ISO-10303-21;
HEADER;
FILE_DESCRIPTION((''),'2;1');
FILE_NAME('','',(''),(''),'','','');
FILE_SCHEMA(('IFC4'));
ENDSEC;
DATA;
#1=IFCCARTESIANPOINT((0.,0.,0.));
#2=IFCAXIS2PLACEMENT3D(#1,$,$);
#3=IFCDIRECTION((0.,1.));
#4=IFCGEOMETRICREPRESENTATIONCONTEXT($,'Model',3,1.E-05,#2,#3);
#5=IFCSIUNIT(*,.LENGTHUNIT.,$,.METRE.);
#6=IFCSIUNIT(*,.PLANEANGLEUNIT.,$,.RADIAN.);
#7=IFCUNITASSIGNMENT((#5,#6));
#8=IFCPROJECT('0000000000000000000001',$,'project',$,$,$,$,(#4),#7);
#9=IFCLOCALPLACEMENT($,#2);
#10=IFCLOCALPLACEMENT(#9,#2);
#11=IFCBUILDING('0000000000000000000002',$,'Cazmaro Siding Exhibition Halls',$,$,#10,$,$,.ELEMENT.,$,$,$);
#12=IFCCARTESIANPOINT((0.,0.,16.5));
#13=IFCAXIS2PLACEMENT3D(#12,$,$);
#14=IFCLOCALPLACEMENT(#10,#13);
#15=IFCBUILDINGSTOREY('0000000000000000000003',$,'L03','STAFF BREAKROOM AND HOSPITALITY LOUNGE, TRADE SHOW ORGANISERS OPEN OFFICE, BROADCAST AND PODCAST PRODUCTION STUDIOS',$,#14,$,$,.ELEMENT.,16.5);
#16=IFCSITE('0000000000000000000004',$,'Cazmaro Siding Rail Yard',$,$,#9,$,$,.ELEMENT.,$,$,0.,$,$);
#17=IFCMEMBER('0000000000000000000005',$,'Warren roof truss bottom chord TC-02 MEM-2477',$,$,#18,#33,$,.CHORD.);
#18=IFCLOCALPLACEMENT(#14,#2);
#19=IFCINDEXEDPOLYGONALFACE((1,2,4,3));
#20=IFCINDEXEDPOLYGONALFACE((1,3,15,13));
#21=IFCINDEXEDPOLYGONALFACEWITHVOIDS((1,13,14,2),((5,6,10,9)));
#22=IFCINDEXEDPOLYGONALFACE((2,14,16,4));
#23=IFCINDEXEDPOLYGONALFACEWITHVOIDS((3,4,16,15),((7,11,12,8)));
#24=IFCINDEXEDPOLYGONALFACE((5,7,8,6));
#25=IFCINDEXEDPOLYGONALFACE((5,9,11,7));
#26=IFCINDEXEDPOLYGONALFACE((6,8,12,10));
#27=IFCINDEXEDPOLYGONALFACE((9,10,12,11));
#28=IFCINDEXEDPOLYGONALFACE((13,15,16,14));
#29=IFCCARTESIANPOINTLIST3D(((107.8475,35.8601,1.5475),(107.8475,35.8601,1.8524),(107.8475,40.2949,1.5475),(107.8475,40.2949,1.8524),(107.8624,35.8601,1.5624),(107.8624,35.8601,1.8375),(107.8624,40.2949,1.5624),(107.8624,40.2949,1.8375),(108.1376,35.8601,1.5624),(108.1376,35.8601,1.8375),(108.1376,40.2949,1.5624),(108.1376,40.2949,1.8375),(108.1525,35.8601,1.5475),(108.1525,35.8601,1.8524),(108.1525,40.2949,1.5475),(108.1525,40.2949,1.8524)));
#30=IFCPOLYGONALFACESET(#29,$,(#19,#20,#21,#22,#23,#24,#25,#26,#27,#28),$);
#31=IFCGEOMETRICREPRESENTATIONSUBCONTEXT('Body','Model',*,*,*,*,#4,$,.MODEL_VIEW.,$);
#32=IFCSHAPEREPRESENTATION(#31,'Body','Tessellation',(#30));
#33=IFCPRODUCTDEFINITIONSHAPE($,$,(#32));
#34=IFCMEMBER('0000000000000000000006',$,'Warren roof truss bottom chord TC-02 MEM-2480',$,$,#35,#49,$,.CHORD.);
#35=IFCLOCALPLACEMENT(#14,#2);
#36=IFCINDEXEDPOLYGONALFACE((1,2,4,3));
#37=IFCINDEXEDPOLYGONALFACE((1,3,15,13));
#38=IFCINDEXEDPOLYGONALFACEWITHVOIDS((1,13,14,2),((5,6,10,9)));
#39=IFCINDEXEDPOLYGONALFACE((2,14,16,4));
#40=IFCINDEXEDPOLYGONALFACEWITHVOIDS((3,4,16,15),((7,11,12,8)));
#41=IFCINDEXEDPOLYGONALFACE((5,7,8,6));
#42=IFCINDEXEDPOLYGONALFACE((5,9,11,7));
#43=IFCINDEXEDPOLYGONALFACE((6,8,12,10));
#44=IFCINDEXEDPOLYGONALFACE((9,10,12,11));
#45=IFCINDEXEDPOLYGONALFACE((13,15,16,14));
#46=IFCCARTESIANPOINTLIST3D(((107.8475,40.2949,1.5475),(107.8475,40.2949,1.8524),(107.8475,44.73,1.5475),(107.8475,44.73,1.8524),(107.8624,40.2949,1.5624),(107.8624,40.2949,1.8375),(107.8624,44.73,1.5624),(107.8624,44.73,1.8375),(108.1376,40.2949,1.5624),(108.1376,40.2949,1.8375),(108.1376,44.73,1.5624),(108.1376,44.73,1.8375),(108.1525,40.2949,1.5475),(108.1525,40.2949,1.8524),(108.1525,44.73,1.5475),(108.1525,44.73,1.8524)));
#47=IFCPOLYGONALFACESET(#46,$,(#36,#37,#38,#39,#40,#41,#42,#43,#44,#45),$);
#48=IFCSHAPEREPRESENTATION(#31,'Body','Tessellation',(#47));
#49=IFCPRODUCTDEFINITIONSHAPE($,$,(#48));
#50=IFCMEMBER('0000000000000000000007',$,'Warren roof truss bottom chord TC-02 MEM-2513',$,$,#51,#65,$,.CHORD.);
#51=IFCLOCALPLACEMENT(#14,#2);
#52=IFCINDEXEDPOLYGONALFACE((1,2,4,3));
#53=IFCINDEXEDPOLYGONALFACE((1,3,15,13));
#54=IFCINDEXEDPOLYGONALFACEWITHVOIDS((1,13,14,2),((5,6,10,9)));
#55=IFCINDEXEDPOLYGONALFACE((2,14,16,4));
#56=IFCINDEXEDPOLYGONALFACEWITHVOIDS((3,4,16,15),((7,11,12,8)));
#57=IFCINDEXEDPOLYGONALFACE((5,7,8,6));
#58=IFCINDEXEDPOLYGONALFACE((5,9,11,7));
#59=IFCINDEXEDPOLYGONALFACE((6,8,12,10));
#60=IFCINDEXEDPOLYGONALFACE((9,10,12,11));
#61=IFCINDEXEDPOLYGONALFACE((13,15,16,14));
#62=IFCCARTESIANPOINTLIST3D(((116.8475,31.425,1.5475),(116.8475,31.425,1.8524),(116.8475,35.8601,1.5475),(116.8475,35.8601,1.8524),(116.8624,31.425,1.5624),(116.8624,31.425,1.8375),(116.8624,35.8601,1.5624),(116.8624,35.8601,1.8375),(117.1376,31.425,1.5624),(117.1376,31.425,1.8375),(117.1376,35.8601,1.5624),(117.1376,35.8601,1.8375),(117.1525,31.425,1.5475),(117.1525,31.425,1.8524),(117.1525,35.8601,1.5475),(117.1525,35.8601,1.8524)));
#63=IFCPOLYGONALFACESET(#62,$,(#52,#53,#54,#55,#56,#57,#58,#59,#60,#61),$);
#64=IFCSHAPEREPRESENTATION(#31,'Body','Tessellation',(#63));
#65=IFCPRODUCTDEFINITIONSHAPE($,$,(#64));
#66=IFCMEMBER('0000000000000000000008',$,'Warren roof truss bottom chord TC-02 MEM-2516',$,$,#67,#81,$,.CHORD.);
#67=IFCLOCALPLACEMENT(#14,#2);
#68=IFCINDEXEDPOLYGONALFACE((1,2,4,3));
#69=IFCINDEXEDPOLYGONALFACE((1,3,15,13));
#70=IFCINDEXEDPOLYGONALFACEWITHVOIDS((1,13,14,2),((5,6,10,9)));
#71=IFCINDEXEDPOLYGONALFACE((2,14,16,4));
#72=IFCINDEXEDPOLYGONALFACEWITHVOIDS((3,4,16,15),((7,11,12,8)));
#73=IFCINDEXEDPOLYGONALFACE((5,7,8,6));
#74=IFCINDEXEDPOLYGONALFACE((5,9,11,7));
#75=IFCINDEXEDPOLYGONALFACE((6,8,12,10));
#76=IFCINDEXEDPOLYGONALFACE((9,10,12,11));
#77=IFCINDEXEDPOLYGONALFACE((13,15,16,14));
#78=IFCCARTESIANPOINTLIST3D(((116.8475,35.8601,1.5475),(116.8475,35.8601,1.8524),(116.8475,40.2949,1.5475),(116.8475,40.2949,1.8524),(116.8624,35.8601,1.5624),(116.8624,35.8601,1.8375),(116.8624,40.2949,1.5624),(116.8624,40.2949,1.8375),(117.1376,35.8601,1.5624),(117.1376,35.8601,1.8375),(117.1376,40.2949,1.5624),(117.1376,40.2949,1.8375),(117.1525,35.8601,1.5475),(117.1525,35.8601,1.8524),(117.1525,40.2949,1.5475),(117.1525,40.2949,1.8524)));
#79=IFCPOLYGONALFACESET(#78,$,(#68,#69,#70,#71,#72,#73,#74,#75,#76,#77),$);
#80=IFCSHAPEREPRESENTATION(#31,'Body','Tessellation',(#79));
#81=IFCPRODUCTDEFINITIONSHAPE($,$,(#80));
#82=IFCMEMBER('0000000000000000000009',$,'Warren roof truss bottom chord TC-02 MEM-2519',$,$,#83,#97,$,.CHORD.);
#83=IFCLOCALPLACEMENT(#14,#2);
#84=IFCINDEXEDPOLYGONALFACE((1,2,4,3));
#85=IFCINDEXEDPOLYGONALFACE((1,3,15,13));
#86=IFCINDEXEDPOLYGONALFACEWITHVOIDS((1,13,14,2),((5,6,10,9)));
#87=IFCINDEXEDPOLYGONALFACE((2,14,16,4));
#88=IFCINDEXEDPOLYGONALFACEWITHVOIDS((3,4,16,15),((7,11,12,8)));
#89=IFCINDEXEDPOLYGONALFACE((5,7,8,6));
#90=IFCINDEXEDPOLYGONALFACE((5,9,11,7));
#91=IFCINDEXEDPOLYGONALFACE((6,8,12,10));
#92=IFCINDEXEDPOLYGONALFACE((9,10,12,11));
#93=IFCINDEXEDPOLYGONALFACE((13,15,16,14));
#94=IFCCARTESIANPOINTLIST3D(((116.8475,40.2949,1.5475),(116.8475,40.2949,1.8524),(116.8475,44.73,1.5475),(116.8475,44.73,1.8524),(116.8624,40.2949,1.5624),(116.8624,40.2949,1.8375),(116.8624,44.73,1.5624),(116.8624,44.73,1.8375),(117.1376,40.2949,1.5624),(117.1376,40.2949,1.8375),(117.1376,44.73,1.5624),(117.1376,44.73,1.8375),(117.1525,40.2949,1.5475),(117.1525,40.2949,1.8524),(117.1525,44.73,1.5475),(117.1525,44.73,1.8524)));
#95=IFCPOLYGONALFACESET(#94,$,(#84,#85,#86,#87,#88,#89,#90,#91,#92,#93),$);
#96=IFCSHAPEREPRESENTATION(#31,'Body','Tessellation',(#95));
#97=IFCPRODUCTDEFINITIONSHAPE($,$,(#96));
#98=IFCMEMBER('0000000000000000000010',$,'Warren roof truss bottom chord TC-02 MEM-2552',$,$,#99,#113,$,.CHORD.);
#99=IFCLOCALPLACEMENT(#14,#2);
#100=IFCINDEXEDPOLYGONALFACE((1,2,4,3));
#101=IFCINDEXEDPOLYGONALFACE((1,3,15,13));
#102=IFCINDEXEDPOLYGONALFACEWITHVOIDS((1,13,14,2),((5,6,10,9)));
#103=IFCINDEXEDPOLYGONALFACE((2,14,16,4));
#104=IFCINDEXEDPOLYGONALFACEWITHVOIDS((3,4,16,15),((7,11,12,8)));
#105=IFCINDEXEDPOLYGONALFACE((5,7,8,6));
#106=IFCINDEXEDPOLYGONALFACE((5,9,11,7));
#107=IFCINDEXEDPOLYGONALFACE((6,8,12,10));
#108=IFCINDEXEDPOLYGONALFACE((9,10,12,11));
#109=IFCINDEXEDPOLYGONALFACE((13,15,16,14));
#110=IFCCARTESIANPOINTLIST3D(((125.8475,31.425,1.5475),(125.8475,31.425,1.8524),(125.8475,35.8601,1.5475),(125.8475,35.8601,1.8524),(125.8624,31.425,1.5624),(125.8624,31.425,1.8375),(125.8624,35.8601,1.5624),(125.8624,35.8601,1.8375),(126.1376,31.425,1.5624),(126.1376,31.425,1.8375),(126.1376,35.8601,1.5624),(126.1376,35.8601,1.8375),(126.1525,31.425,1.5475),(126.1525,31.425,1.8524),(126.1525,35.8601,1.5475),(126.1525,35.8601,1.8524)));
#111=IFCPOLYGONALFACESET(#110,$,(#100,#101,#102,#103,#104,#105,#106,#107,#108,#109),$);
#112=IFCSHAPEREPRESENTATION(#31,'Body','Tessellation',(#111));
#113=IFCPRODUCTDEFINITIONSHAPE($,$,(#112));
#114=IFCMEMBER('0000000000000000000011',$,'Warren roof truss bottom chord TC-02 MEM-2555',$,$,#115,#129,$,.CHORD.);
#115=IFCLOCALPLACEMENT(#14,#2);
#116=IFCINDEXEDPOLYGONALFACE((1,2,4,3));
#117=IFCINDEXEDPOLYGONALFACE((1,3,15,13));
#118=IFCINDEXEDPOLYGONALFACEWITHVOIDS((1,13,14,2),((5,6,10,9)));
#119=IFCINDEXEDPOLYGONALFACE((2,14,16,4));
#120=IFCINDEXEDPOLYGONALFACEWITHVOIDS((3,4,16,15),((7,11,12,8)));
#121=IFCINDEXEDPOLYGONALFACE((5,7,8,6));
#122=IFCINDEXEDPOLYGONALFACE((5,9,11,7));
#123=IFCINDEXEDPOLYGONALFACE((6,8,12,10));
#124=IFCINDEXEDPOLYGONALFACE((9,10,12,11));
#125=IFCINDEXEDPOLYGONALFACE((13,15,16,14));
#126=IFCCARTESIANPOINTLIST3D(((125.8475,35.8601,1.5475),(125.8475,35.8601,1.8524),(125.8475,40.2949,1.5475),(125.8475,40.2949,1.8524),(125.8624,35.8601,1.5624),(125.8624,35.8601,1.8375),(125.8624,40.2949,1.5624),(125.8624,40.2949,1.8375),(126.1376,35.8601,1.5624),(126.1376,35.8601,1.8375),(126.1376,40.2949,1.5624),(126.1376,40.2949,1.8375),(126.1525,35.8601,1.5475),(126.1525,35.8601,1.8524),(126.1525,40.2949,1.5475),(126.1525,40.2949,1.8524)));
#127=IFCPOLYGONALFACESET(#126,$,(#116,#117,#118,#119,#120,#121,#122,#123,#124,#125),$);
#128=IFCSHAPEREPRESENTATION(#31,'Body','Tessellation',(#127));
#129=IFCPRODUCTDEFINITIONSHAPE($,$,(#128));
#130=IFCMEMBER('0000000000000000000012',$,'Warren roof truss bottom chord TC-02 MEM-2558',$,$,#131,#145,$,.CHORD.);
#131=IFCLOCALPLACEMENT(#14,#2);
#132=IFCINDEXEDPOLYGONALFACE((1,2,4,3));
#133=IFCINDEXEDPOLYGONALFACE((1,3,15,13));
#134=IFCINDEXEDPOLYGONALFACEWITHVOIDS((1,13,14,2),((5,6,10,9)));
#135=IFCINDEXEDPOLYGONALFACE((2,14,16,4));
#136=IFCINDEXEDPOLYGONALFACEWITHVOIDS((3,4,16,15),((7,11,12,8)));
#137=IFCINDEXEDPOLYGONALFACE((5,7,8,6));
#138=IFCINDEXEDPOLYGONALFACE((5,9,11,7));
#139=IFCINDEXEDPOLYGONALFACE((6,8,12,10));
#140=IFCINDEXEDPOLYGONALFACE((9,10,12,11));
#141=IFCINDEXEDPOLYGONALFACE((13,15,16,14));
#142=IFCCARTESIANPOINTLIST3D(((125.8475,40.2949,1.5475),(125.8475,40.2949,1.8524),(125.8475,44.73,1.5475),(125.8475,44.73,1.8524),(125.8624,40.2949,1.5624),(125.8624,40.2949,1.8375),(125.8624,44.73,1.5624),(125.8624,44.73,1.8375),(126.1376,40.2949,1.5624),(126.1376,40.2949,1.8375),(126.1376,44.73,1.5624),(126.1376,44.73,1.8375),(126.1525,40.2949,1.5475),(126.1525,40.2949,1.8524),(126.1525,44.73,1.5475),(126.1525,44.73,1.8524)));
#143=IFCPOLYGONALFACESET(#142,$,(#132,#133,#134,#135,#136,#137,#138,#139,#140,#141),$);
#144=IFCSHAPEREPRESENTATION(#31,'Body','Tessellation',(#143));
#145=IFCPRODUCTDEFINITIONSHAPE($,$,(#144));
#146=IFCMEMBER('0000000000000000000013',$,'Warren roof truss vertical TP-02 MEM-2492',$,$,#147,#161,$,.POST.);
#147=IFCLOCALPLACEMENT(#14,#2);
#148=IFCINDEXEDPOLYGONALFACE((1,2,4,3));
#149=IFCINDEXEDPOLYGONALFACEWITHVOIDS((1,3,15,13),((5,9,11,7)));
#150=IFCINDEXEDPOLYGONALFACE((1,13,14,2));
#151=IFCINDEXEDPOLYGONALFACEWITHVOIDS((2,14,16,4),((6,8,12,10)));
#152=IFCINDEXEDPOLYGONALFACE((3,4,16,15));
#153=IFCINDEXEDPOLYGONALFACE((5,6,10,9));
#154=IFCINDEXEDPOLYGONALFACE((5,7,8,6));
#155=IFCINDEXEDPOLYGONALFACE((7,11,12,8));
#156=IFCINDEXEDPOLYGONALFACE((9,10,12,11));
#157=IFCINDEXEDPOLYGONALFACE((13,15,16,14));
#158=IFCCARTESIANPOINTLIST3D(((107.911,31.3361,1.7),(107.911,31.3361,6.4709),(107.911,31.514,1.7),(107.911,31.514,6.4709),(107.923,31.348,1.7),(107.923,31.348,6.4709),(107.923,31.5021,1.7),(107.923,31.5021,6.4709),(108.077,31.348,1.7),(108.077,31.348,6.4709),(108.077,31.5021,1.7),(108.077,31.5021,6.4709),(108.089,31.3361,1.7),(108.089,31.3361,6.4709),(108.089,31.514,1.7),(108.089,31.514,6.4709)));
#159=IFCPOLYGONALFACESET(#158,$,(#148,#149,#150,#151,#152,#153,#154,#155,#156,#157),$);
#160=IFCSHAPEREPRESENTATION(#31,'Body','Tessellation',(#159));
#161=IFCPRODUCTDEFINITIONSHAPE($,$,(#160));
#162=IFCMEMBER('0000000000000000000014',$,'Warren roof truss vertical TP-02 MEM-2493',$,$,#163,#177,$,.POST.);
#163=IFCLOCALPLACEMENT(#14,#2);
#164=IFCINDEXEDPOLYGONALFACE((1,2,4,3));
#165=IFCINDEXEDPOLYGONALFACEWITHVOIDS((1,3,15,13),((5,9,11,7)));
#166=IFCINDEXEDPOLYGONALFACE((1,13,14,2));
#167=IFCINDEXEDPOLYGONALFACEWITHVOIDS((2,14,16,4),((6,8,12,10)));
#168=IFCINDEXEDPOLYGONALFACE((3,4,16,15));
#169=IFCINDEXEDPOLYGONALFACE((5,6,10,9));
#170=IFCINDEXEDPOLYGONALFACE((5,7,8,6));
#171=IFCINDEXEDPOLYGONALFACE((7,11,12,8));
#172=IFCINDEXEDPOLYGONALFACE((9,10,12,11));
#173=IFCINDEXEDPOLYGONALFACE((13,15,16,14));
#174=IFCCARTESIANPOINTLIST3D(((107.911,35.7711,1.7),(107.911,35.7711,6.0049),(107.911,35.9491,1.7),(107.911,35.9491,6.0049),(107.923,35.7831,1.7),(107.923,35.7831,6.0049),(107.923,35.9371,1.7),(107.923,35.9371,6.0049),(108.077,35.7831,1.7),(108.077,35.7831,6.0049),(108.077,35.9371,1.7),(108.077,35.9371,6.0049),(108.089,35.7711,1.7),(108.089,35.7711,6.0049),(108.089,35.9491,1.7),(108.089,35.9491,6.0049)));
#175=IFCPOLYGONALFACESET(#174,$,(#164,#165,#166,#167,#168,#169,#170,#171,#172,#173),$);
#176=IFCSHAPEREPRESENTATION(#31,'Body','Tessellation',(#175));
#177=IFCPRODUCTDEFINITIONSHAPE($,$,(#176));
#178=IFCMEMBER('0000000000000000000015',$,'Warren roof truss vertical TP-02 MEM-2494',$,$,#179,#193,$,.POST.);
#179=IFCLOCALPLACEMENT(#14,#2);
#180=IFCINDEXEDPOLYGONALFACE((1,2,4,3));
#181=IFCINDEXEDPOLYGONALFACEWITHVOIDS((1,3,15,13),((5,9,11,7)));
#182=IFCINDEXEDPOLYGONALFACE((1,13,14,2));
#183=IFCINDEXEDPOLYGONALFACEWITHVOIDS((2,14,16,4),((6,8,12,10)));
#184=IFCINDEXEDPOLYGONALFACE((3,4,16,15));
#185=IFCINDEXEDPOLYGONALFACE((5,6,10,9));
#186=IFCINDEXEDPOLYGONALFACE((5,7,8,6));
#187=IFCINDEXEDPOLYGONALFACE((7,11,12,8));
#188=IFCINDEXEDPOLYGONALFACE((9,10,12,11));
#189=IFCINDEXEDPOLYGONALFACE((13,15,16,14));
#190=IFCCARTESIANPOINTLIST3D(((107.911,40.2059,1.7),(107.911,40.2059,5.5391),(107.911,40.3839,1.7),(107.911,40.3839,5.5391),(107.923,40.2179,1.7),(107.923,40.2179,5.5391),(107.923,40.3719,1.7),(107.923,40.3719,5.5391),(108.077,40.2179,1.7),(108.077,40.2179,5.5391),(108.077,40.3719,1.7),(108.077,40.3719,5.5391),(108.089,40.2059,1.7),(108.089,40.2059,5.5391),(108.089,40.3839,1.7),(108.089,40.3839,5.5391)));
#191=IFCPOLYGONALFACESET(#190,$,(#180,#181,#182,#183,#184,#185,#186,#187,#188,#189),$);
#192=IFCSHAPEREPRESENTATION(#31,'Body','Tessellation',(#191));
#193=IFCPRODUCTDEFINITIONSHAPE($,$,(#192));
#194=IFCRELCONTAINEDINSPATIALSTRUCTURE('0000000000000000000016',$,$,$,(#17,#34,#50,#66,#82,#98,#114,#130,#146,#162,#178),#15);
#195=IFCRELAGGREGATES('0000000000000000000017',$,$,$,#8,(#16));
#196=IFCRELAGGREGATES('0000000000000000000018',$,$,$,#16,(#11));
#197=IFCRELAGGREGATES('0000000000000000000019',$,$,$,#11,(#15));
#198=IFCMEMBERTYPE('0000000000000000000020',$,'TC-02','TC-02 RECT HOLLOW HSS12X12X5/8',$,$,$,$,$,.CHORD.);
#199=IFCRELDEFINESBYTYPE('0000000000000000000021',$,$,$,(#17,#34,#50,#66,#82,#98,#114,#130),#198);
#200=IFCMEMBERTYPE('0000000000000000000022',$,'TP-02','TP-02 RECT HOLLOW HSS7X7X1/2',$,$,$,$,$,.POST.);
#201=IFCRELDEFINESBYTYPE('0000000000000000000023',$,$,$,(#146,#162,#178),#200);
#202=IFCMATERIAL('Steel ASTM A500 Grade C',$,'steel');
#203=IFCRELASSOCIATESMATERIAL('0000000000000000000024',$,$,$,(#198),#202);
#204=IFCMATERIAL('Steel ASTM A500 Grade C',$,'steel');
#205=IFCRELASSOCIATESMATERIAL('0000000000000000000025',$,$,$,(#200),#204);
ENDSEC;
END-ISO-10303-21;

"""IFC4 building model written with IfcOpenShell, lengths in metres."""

from ifc_helpers import new_model, si_unit, direction, frame, origin, origin_2d, place, context, subcontext, project, spatial, hollow_rectangle, extrude, material, material_profile, profile_set, type_object, element, save


model = new_model("IFC4")

# Units and contexts
model_context = context("Model", 3, precision=1e-05, world=origin(), true_north=direction((0.0, 1.0)))
body_context = subcontext(model_context, "Body", "Model", "MODEL_VIEW")
ifc_project = project(units=[si_unit("LENGTHUNIT", "METRE"), si_unit("PLANEANGLEUNIT", "RADIAN")], contexts=[model_context])

# Site, building, storey
site_placement = place(None, origin())
site = spatial("IfcSite", under=ifc_project, at=site_placement, Name="Cazmaro Siding Rail Yard", CompositionType="ELEMENT", RefElevation=0.0)
building_placement = place(site_placement, origin())
building = spatial("IfcBuilding", under=site, at=building_placement, Name="Cazmaro Siding Exhibition Halls", CompositionType="ELEMENT")
storey_placement = place(building_placement, frame((0.0, 0.0, 16.5)))
storey = spatial("IfcBuildingStorey", under=building, at=storey_placement, Name="L03", Description="STAFF BREAKROOM AND HOSPITALITY LOUNGE, TRADE SHOW ORGANISERS OPEN OFFICE, BROADCAST AND PODCAST PRODUCTION STUDIOS", CompositionType="ELEMENT", Elevation=16.5)

# Members
ifc_material_1 = material(Name="Steel ASTM A500 Grade C", Category="steel")
ifc_material_profile_1 = material_profile(ifc_material_1, hollow_rectangle(XDim=0.3049, YDim=0.3049, WallThickness=0.0149, at=origin_2d()), Name="HSS12X12X5/8")
ifc_profile_set_1 = profile_set([ifc_material_profile_1], Name="Steel ASTM A500 Grade C")
member_type_1 = type_object("IfcMemberType", Name="TC-02", Description="TC-02 RECT HOLLOW HSS12X12X5/8", PredefinedType="CHORD", material=ifc_profile_set_1)
member_1_placement = place(storey_placement, frame((108.0, 35.8601, 1.7), z_axis=(0.0, 1.0, 0.0), x_axis=(-1.0, 0.0, 0.0)))
element("IfcMember", 1, at=member_1_placement, inside=storey, type_object=member_type_1, Name="Warren roof truss bottom chord TC-02 MEM-2477", PredefinedType="CHORD", context=body_context, shape_type="SweptSolid", body=[
    extrude(hollow_rectangle(XDim=0.3049, YDim=0.3049, WallThickness=0.0149, at=origin_2d()), origin(), (0.0, 0.0, 1.0), 4.4348),
])
for number, where, z_axis, x_axis, name in (
    (2, (108.0, 40.2949, 1.7), (0.0, 1.0, 0.0), (-1.0, 0.0, 0.0), "Warren roof truss bottom chord TC-02 MEM-2480"),
    (3, (117.0, 31.425, 1.7), (0.0, 1.0, 0.0), (-1.0, 0.0, 0.0), "Warren roof truss bottom chord TC-02 MEM-2513"),
):
    element("IfcMember", number, at=place(storey_placement, frame(where, z_axis=z_axis, x_axis=x_axis)), inside=storey, type_object=member_type_1, Name=name, PredefinedType="CHORD", context=body_context, shape_type="SweptSolid", body=[
        extrude(hollow_rectangle(XDim=0.3049, YDim=0.3049, WallThickness=0.0149, at=origin_2d()), origin(), (0.0, 0.0, 1.0), 4.4351),
    ])
member_2_placement = place(storey_placement, frame((117.0, 35.8601, 1.7), z_axis=(0.0, 1.0, 0.0), x_axis=(-1.0, 0.0, 0.0)))
element("IfcMember", 4, at=member_2_placement, inside=storey, type_object=member_type_1, Name="Warren roof truss bottom chord TC-02 MEM-2516", PredefinedType="CHORD", context=body_context, shape_type="SweptSolid", body=[
    extrude(hollow_rectangle(XDim=0.3049, YDim=0.3049, WallThickness=0.0149, at=origin_2d()), origin(), (0.0, 0.0, 1.0), 4.4348),
])
for number, where, z_axis, x_axis, name in (
    (5, (117.0, 40.2949, 1.7), (0.0, 1.0, 0.0), (-1.0, 0.0, 0.0), "Warren roof truss bottom chord TC-02 MEM-2519"),
    (6, (126.0, 31.425, 1.7), (0.0, 1.0, 0.0), (-1.0, 0.0, 0.0), "Warren roof truss bottom chord TC-02 MEM-2552"),
):
    element("IfcMember", number, at=place(storey_placement, frame(where, z_axis=z_axis, x_axis=x_axis)), inside=storey, type_object=member_type_1, Name=name, PredefinedType="CHORD", context=body_context, shape_type="SweptSolid", body=[
        extrude(hollow_rectangle(XDim=0.3049, YDim=0.3049, WallThickness=0.0149, at=origin_2d()), origin(), (0.0, 0.0, 1.0), 4.4351),
    ])
member_3_placement = place(storey_placement, frame((126.0, 35.8601, 1.7), z_axis=(0.0, 1.0, 0.0), x_axis=(-1.0, 0.0, 0.0)))
element("IfcMember", 7, at=member_3_placement, inside=storey, type_object=member_type_1, Name="Warren roof truss bottom chord TC-02 MEM-2555", PredefinedType="CHORD", context=body_context, shape_type="SweptSolid", body=[
    extrude(hollow_rectangle(XDim=0.3049, YDim=0.3049, WallThickness=0.0149, at=origin_2d()), origin(), (0.0, 0.0, 1.0), 4.4348),
])
member_4_placement = place(storey_placement, frame((126.0, 40.2949, 1.7), z_axis=(0.0, 1.0, 0.0), x_axis=(-1.0, 0.0, 0.0)))
element("IfcMember", 8, at=member_4_placement, inside=storey, type_object=member_type_1, Name="Warren roof truss bottom chord TC-02 MEM-2558", PredefinedType="CHORD", context=body_context, shape_type="SweptSolid", body=[
    extrude(hollow_rectangle(XDim=0.3049, YDim=0.3049, WallThickness=0.0149, at=origin_2d()), origin(), (0.0, 0.0, 1.0), 4.4351),
])
ifc_material_2 = material(Name="Steel ASTM A500 Grade C", Category="steel")
ifc_material_profile_2 = material_profile(ifc_material_2, hollow_rectangle(XDim=0.178, YDim=0.178, WallThickness=0.012, at=origin_2d()), Name="HSS7X7X1/2")
ifc_profile_set_2 = profile_set([ifc_material_profile_2], Name="Steel ASTM A500 Grade C")
member_type_2 = type_object("IfcMemberType", Name="TP-02", Description="TP-02 RECT HOLLOW HSS7X7X1/2", PredefinedType="POST", material=ifc_profile_set_2)
member_5_placement = place(storey_placement, frame((108.0, 31.425, 1.7), z_axis=(0.0, 0.0, 1.0), x_axis=(1.0, 0.0, 0.0)))
element("IfcMember", 9, at=member_5_placement, inside=storey, type_object=member_type_2, Name="Warren roof truss vertical TP-02 MEM-2492", PredefinedType="POST", context=body_context, shape_type="SweptSolid", body=[
    extrude(hollow_rectangle(XDim=0.178, YDim=0.178, WallThickness=0.012, at=origin_2d()), origin(), (0.0, 0.0, 1.0), 4.771),
])
member_6_placement = place(storey_placement, frame((108.0, 35.8601, 1.7), z_axis=(0.0, 0.0, 1.0), x_axis=(1.0, 0.0, 0.0)))
element("IfcMember", 10, at=member_6_placement, inside=storey, type_object=member_type_2, Name="Warren roof truss vertical TP-02 MEM-2493", PredefinedType="POST", context=body_context, shape_type="SweptSolid", body=[
    extrude(hollow_rectangle(XDim=0.178, YDim=0.178, WallThickness=0.012, at=origin_2d()), origin(), (0.0, 0.0, 1.0), 4.3049),
])
member_7_placement = place(storey_placement, frame((108.0, 40.2949, 1.7), z_axis=(0.0, 0.0, 1.0), x_axis=(1.0, 0.0, 0.0)))
element("IfcMember", 11, at=member_7_placement, inside=storey, type_object=member_type_2, Name="Warren roof truss vertical TP-02 MEM-2494", PredefinedType="POST", context=body_context, shape_type="SweptSolid", body=[
    extrude(hollow_rectangle(XDim=0.178, YDim=0.178, WallThickness=0.012, at=origin_2d()), origin(), (0.0, 0.0, 1.0), 3.8391),
])

save(model, "model.ifc")
